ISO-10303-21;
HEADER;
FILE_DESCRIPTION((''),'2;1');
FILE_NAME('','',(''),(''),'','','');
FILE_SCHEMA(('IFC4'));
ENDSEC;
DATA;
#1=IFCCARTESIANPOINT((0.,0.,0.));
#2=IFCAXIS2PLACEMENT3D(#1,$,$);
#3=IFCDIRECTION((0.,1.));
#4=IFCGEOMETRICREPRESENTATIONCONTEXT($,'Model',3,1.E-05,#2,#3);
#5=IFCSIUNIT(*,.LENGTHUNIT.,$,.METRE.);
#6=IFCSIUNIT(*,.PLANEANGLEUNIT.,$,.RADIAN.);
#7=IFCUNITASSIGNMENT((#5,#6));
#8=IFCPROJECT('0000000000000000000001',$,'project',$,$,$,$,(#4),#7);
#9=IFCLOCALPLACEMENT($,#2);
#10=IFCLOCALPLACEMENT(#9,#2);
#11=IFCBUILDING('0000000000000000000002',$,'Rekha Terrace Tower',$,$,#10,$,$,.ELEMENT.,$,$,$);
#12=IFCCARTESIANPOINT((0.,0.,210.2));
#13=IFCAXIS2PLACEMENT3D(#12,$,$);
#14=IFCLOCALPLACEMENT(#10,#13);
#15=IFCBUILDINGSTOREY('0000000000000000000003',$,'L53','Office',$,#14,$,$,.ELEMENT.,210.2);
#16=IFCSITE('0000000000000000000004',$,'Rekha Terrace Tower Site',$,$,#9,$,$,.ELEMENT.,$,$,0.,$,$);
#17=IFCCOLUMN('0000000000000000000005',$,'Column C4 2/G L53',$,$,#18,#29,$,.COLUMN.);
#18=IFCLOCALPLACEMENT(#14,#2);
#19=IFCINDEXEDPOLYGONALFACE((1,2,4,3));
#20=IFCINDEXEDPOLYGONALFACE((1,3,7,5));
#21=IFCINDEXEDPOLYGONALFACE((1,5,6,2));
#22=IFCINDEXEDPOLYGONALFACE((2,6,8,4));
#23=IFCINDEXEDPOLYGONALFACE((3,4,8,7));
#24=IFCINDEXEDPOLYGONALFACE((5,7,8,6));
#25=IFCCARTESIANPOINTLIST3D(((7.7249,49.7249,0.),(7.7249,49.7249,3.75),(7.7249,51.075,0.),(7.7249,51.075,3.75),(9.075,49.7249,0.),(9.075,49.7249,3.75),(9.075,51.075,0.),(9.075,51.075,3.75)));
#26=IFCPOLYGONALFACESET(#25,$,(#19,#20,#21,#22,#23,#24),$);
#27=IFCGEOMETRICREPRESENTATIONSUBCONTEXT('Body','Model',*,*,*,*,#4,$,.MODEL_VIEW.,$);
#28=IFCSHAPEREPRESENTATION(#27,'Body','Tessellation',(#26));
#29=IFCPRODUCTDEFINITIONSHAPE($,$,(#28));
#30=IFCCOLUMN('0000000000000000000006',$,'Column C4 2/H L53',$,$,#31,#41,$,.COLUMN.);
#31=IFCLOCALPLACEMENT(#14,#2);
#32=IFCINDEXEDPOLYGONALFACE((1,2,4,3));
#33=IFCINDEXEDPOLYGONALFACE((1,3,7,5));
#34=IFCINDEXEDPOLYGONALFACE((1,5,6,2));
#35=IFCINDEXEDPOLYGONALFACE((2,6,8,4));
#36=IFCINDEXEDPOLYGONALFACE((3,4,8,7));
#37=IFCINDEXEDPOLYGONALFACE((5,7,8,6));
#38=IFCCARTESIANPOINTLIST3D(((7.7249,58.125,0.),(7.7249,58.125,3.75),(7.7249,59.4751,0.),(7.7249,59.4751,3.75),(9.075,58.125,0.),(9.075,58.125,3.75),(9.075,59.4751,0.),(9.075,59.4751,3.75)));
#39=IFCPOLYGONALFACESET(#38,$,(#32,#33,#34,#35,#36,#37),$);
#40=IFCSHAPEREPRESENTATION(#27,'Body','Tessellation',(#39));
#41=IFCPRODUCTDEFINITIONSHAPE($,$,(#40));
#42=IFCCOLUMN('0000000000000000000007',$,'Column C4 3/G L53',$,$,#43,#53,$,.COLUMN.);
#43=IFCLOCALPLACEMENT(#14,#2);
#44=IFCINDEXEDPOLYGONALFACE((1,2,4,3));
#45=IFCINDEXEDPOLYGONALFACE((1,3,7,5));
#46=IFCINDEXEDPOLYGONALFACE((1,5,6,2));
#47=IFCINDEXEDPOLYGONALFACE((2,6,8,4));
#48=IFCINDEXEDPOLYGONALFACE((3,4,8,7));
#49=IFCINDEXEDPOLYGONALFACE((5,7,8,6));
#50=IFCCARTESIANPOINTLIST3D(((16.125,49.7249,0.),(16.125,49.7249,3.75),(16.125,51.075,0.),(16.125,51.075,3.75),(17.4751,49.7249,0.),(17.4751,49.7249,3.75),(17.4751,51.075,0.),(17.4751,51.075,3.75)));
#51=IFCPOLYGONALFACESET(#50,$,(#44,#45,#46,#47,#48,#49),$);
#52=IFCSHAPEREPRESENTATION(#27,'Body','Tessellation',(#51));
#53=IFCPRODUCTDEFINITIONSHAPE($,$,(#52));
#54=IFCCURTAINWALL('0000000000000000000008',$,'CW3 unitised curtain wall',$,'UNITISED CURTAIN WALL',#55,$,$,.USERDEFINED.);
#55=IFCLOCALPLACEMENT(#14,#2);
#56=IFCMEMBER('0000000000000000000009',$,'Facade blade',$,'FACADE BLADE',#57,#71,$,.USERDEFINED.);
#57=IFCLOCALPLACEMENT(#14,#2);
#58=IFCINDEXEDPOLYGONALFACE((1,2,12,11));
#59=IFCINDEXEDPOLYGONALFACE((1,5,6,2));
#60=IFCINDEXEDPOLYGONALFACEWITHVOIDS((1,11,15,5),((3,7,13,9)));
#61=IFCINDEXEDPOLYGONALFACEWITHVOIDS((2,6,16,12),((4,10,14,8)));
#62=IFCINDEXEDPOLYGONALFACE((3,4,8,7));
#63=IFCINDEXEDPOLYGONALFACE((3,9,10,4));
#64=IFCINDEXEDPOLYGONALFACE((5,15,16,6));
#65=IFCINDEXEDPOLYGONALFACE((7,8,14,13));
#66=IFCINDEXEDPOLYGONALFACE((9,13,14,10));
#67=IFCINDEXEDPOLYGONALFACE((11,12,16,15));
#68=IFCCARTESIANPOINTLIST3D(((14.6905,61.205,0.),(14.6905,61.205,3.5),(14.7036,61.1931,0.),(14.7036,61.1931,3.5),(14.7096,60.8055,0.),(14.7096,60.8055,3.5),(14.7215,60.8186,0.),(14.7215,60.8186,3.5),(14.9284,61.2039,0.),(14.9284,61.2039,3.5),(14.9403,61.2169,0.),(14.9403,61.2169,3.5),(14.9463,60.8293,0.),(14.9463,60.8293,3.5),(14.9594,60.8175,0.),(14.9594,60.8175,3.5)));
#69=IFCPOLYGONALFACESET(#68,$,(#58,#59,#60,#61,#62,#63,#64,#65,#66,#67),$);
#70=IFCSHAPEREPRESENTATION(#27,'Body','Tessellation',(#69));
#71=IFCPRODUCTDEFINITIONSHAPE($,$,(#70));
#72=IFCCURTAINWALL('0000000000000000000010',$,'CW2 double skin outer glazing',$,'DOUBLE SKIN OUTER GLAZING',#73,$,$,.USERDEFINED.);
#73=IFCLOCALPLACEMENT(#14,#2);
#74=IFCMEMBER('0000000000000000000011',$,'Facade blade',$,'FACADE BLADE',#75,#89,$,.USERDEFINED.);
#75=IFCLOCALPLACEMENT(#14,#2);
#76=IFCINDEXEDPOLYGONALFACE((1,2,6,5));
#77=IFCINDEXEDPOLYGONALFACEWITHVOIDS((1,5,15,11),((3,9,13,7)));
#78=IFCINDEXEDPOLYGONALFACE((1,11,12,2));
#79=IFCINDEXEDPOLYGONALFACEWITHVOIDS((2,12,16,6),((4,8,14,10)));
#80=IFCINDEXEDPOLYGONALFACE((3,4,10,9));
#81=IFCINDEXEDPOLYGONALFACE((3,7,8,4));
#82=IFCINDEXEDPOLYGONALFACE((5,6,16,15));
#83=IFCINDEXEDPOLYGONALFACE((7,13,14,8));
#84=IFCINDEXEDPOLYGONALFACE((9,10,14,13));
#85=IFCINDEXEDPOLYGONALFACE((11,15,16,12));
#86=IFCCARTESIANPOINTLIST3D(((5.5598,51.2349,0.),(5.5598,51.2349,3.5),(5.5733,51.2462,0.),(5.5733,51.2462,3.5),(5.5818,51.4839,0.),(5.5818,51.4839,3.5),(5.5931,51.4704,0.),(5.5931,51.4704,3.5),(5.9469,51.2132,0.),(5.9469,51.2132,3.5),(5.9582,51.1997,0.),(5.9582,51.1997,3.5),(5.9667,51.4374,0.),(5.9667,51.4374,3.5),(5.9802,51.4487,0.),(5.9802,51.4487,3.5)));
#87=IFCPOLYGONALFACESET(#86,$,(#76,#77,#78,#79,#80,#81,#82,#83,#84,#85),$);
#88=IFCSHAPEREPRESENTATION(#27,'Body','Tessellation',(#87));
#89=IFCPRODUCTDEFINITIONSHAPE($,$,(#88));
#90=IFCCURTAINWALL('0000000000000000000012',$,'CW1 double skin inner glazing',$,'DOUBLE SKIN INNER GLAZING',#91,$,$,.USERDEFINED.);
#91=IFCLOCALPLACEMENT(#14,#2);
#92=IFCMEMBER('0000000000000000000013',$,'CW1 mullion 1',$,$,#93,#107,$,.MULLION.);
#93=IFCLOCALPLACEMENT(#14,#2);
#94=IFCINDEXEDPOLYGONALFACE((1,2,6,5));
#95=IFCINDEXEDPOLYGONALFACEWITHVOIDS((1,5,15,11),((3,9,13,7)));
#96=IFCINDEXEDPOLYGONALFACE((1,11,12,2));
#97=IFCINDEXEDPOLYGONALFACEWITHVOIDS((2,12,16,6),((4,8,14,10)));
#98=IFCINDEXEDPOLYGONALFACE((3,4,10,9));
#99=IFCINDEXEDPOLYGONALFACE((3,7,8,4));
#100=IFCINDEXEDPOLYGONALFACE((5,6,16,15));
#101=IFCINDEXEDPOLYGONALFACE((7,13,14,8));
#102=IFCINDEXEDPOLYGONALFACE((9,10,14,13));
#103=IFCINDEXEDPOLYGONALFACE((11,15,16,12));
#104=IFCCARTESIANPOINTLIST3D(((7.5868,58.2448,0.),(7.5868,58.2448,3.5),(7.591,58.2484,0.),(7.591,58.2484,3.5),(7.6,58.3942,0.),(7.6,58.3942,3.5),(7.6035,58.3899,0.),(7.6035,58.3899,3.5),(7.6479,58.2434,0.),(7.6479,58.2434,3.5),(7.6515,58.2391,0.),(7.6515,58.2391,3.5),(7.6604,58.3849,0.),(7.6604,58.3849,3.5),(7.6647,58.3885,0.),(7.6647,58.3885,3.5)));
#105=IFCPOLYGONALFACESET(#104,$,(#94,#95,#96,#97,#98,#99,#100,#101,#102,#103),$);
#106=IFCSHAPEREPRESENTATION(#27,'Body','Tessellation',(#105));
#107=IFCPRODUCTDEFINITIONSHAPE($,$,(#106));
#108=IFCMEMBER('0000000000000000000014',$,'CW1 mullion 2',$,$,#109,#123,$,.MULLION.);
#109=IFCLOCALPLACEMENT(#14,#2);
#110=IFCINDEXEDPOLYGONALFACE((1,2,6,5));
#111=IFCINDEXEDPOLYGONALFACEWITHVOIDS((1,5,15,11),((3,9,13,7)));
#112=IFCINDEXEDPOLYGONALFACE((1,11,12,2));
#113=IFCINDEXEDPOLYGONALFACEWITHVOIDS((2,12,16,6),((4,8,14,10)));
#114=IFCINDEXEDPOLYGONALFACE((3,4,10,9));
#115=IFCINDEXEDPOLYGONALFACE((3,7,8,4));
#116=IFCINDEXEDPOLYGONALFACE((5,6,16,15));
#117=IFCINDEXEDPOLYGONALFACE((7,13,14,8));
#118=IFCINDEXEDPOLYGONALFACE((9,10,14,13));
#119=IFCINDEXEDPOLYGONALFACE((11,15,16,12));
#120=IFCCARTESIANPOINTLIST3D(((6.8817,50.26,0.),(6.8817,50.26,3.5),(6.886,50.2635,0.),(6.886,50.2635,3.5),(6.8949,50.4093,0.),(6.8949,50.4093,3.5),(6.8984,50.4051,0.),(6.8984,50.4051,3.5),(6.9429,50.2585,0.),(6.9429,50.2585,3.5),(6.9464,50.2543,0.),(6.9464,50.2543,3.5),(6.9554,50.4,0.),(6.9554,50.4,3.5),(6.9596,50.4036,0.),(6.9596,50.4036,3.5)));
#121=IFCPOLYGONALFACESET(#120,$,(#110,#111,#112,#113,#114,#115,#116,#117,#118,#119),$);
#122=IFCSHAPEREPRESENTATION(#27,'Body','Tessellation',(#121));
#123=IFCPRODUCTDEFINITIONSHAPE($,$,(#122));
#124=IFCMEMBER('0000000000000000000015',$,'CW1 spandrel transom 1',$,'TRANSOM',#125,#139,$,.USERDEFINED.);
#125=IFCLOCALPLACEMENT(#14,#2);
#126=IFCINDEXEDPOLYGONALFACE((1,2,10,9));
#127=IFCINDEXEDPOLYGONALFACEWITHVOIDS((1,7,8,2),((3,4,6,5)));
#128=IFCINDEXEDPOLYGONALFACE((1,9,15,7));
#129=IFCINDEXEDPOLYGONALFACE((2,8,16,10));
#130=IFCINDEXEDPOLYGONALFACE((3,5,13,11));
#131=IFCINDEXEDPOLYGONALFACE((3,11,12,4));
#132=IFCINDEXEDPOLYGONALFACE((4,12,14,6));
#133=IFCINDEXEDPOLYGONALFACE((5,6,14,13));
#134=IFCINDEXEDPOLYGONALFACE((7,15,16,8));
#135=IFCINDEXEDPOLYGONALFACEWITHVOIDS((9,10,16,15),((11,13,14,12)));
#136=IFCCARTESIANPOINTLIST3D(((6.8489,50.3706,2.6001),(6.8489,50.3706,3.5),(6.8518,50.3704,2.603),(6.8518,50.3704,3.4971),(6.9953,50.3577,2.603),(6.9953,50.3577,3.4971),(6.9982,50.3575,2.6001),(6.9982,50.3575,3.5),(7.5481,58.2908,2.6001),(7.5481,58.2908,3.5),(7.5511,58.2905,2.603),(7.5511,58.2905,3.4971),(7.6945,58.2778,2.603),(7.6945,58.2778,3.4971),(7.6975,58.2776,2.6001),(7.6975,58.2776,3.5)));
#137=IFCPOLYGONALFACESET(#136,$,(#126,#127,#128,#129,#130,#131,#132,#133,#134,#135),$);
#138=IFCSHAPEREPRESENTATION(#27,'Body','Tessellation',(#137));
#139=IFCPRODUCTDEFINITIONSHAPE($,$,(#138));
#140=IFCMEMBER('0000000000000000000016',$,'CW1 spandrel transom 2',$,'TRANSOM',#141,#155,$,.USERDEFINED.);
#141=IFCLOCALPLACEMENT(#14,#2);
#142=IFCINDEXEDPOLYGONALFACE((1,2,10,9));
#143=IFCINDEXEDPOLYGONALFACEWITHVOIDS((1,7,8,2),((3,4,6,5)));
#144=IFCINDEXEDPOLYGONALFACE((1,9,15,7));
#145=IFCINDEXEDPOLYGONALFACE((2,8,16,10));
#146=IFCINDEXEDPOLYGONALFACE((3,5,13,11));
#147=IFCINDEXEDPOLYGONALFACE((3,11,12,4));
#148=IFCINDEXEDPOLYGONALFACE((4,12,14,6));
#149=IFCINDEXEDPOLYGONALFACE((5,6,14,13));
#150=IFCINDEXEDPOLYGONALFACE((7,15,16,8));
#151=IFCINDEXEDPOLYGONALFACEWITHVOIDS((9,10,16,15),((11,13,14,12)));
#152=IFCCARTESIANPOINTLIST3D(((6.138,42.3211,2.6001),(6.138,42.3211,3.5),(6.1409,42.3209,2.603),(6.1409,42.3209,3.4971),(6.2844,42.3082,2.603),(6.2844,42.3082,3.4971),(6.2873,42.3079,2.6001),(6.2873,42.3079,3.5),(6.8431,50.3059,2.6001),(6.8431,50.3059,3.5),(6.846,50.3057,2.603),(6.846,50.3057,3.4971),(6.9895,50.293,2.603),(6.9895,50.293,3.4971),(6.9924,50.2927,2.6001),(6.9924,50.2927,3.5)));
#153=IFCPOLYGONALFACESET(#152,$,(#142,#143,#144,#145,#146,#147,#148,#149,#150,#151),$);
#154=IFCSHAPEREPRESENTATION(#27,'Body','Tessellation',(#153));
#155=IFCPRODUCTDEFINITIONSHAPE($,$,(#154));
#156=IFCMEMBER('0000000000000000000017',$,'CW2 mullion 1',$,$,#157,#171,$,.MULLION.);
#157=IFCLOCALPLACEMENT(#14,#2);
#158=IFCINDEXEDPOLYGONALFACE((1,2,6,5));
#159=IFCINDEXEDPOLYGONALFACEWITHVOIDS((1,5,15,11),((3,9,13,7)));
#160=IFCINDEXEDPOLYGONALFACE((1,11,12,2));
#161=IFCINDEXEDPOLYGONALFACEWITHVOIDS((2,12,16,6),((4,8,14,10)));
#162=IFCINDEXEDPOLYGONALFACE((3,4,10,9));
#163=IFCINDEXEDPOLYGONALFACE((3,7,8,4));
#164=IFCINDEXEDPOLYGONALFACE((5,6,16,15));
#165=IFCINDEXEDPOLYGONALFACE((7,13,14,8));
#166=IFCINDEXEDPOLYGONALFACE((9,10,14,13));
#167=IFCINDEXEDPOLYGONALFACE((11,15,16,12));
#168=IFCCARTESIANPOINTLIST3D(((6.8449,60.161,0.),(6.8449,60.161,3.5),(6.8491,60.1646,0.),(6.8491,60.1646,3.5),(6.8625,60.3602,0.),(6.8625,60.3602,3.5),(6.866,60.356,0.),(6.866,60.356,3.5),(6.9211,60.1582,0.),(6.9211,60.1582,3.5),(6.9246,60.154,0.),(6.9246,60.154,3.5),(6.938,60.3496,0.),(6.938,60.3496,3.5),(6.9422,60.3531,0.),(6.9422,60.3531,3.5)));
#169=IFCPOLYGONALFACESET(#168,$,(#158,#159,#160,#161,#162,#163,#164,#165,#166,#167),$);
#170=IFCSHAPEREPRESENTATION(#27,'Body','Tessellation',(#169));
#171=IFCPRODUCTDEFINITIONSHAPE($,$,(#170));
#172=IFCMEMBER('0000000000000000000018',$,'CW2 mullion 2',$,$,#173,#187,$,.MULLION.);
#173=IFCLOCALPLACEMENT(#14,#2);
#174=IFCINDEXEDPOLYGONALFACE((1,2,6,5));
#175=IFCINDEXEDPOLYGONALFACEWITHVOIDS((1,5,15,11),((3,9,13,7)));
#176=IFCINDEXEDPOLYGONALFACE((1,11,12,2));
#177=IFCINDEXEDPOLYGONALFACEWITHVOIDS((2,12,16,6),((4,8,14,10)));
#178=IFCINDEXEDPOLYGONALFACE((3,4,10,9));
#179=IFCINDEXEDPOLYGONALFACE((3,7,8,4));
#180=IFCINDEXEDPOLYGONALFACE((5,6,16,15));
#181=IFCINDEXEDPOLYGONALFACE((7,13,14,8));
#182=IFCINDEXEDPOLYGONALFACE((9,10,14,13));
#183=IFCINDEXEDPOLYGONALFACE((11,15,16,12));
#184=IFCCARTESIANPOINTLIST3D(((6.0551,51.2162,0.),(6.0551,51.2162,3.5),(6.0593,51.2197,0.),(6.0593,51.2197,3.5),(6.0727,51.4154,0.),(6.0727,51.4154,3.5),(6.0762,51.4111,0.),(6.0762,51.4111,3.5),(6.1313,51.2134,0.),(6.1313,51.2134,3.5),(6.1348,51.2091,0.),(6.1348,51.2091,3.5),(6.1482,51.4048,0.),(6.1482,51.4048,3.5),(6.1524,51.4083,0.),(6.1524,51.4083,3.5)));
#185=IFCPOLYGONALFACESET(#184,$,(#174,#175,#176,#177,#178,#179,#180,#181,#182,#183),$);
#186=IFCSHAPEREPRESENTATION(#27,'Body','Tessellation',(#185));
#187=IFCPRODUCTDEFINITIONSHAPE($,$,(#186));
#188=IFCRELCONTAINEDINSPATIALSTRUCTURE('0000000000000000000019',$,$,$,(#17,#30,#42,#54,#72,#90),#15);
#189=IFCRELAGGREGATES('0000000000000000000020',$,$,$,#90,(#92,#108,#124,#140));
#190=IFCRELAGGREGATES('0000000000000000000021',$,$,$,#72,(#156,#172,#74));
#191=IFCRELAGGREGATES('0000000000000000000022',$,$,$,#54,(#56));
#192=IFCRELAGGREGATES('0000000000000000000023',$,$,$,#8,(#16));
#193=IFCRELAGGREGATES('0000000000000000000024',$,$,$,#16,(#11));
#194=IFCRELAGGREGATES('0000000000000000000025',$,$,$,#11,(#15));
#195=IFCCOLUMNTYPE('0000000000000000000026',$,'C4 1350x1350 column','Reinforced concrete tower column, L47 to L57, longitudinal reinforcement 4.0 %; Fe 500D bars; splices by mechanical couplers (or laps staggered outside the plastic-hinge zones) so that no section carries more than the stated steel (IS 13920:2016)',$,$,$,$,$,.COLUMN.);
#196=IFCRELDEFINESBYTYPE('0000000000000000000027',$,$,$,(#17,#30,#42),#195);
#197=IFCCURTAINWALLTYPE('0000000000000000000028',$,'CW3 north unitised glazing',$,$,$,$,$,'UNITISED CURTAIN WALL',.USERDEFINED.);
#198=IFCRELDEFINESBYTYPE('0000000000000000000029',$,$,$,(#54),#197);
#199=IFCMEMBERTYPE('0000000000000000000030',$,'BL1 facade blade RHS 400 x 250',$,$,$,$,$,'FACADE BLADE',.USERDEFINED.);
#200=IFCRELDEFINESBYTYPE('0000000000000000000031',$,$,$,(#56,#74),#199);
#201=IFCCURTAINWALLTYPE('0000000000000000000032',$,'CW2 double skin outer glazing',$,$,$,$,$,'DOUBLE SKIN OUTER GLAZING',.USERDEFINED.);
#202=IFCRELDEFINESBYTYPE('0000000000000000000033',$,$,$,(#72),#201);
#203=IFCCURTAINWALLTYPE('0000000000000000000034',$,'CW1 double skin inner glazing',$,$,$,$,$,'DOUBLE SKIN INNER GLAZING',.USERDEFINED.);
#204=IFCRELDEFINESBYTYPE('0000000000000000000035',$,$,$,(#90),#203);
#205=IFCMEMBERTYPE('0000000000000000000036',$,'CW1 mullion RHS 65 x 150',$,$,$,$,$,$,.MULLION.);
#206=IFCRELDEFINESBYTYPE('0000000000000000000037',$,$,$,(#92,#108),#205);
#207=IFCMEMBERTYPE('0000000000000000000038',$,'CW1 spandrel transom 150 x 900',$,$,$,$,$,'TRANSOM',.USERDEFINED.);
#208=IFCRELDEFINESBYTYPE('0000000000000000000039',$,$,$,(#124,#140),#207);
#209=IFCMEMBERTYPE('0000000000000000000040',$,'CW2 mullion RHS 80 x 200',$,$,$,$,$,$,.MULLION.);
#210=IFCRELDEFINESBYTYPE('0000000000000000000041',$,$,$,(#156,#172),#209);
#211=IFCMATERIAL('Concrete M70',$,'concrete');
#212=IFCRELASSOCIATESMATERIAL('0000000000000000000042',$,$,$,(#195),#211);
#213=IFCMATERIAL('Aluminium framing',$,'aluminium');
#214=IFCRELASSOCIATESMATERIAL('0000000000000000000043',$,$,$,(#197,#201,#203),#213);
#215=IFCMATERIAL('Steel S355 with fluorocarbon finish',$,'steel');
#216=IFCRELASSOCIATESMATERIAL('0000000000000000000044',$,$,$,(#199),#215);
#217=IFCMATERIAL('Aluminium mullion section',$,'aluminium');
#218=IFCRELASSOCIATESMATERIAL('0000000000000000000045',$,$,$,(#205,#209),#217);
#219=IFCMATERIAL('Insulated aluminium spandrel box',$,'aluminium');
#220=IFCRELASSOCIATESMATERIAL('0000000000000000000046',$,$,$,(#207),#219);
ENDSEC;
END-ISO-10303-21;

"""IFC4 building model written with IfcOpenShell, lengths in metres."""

from ifc_helpers import new_model, si_unit, direction, frame, origin, origin_2d, place, context, subcontext, project, spatial, rectangle, hollow_rectangle, extrude, material, material_profile, profile_set, type_object, element, aggregate, save


model = new_model("IFC4")

# Units and contexts
model_context = context("Model", 3, precision=1e-05, world=origin(), true_north=direction((0.0, 1.0)))
body_context = subcontext(model_context, "Body", "Model", "MODEL_VIEW")
ifc_project = project(units=[si_unit("LENGTHUNIT", "METRE"), si_unit("PLANEANGLEUNIT", "RADIAN")], contexts=[model_context])

# Site, building, storey
site_placement = place(None, origin())
site = spatial("IfcSite", under=ifc_project, at=site_placement, Name="Rekha Terrace Tower Site", CompositionType="ELEMENT", RefElevation=0.0)
building_placement = place(site_placement, origin())
building = spatial("IfcBuilding", under=site, at=building_placement, Name="Rekha Terrace Tower", CompositionType="ELEMENT")
storey_placement = place(building_placement, frame((0.0, 0.0, 210.2)))
storey = spatial("IfcBuildingStorey", under=building, at=storey_placement, Name="L53", Description="Office", CompositionType="ELEMENT", Elevation=210.2)

# Columns
ifc_material_1 = material(Name="Concrete M70", Category="concrete")
ifc_material_profile_1 = material_profile(ifc_material_1, rectangle(XDim=1.3501, YDim=1.3501, at=origin_2d()), Name="RC 1350x1350")
ifc_profile_set_1 = profile_set([ifc_material_profile_1], Name="Concrete M70")
column_type = type_object("IfcColumnType", Name="C4 1350x1350 column", Description="Reinforced concrete tower column, L47 to L57, longitudinal reinforcement 4.0 %; Fe 500D bars; splices by mechanical couplers (or laps staggered outside the plastic-hinge zones) so that no section carries more than the stated steel (IS 13920:2016)", PredefinedType="COLUMN", material=ifc_profile_set_1)
for number, where, z_axis, x_axis, name in (
    (1, (8.3999, 50.3999, 0.0), (0.0, 0.0, 1.0), (1.0, 0.0, 0.0), "Column C4 2/G L53"),
    (2, (8.3999, 58.8, 0.0), (0.0, 0.0, 1.0), (1.0, 0.0, 0.0), "Column C4 2/H L53"),
    (3, (16.8, 50.3999, 0.0), (0.0, 0.0, 1.0), (1.0, 0.0, 0.0), "Column C4 3/G L53"),
):
    element("IfcColumn", number, at=place(storey_placement, frame(where, z_axis=z_axis, x_axis=x_axis)), inside=storey, type_object=column_type, Name=name, PredefinedType="COLUMN", context=body_context, shape_type="SweptSolid", body=[
        extrude(rectangle(XDim=1.3501, YDim=1.3501, at=origin_2d()), origin(), (0.0, 0.0, 1.0), 3.75),
    ])

# Curtain walls, members
ifc_material_2 = material(Name="Aluminium framing", Category="aluminium")
curtain_wall_type_1 = type_object("IfcCurtainWallType", Name="CW3 north unitised glazing", ElementType="UNITISED CURTAIN WALL", PredefinedType="USERDEFINED", material=ifc_material_2)
curtain_wall_1_placement = place(storey_placement, origin())
curtain_wall_1 = element("IfcCurtainWall", 4, at=curtain_wall_1_placement, inside=storey, type_object=curtain_wall_type_1, Name="CW3 unitised curtain wall", ObjectType="UNITISED CURTAIN WALL", PredefinedType="USERDEFINED")
ifc_material_3 = material(Name="Steel S355 with fluorocarbon finish", Category="steel")
ifc_material_profile_2 = material_profile(ifc_material_3, hollow_rectangle(XDim=0.25, YDim=0.3999, WallThickness=0.0125, at=origin_2d()), Name="RHS400x250x12.5")
ifc_profile_set_2 = profile_set([ifc_material_profile_2], Name="Steel S355 with fluorocarbon finish")
member_type_1 = type_object("IfcMemberType", Name="BL1 facade blade RHS 400 x 250", ElementType="FACADE BLADE", PredefinedType="USERDEFINED", material=ifc_profile_set_2)
member_1_placement = place(storey_placement, frame((14.825, 61.0112, 0.0), z_axis=(0.0, 0.0, 1.0), x_axis=(-0.998859, -0.047758, 0.0)))
member_1 = element("IfcMember", 5, at=member_1_placement, type_object=member_type_1, Name="Facade blade", ObjectType="FACADE BLADE", PredefinedType="USERDEFINED", context=body_context, shape_type="SweptSolid", body=[
    extrude(hollow_rectangle(XDim=0.25, YDim=0.3999, WallThickness=0.0125, at=origin_2d()), origin(), (0.0, 0.0, 1.0), 3.5),
])
curtain_wall_type_2 = type_object("IfcCurtainWallType", Name="CW2 double skin outer glazing", ElementType="DOUBLE SKIN OUTER GLAZING", PredefinedType="USERDEFINED", material=ifc_material_2)
curtain_wall_2_placement = place(storey_placement, origin())
curtain_wall_2 = element("IfcCurtainWall", 6, at=curtain_wall_2_placement, inside=storey, type_object=curtain_wall_type_2, Name="CW2 double skin outer glazing", ObjectType="DOUBLE SKIN OUTER GLAZING", PredefinedType="USERDEFINED")
member_2_placement = place(storey_placement, frame((5.77, 51.3418, 0.0), z_axis=(0.0, 0.0, 1.0), x_axis=(-0.087957, -0.996124, 0.0)))
member_2 = element("IfcMember", 7, at=member_2_placement, type_object=member_type_1, Name="Facade blade", ObjectType="FACADE BLADE", PredefinedType="USERDEFINED", context=body_context, shape_type="SweptSolid", body=[
    extrude(hollow_rectangle(XDim=0.25, YDim=0.3999, WallThickness=0.0125, at=origin_2d()), origin(), (0.0, 0.0, 1.0), 3.5),
])

# Curtain wall, members
curtain_wall_type_3 = type_object("IfcCurtainWallType", Name="CW1 double skin inner glazing", ElementType="DOUBLE SKIN INNER GLAZING", PredefinedType="USERDEFINED", material=ifc_material_2)
curtain_wall_3_placement = place(storey_placement, origin())
curtain_wall_3 = element("IfcCurtainWall", 8, at=curtain_wall_3_placement, inside=storey, type_object=curtain_wall_type_3, Name="CW1 double skin inner glazing", ObjectType="DOUBLE SKIN INNER GLAZING", PredefinedType="USERDEFINED")
ifc_material_4 = material(Name="Aluminium mullion section", Category="aluminium")
ifc_material_profile_3 = material_profile(ifc_material_4, hollow_rectangle(XDim=0.0649, YDim=0.1499, WallThickness=0.0039, at=origin_2d()), Name="AL RHS 65x150")
ifc_profile_set_3 = profile_set([ifc_material_profile_3], Name="Aluminium mullion section")
member_type_2 = type_object("IfcMemberType", Name="CW1 mullion RHS 65 x 150", PredefinedType="MULLION", material=ifc_profile_set_3)
member_3_placement = place(storey_placement, frame((7.6257, 58.3167, 0.0), z_axis=(0.0, 0.0, 1.0), x_axis=(0.996124, -0.087958, 0.0)))
member_3 = element("IfcMember", 9, at=member_3_placement, type_object=member_type_2, Name="CW1 mullion 1", PredefinedType="MULLION", context=body_context, shape_type="SweptSolid", body=[
    extrude(hollow_rectangle(XDim=0.0649, YDim=0.1499, WallThickness=0.0039, at=origin_2d()), origin(), (0.0, 0.0, 1.0), 3.5),
])
member_4_placement = place(storey_placement, frame((6.9207, 50.3318, 0.0), z_axis=(0.0, 0.0, 1.0), x_axis=(0.996124, -0.087958, 0.0)))
member_4 = element("IfcMember", 10, at=member_4_placement, type_object=member_type_2, Name="CW1 mullion 2", PredefinedType="MULLION", context=body_context, shape_type="SweptSolid", body=[
    extrude(hollow_rectangle(XDim=0.0649, YDim=0.1499, WallThickness=0.0039, at=origin_2d()), origin(), (0.0, 0.0, 1.0), 3.5),
])
ifc_material_5 = material(Name="Insulated aluminium spandrel box", Category="aluminium")
ifc_material_profile_4 = material_profile(ifc_material_5, hollow_rectangle(XDim=0.1499, YDim=0.8999, WallThickness=0.0029, at=origin_2d()), Name="AL SPANDREL BOX 150x900")
ifc_profile_set_4 = profile_set([ifc_material_profile_4], Name="Insulated aluminium spandrel box")
member_type_3 = type_object("IfcMemberType", Name="CW1 spandrel transom 150 x 900", ElementType="TRANSOM", PredefinedType="USERDEFINED", material=ifc_profile_set_4)
member_5_placement = place(storey_placement, frame((7.6228, 58.2842, 3.05), z_axis=(-0.087941, -0.996126, 0.0), x_axis=(0.996126, -0.087941, 0.0)))
member_5 = element("IfcMember", 11, at=member_5_placement, type_object=member_type_3, Name="CW1 spandrel transom 1", ObjectType="TRANSOM", PredefinedType="USERDEFINED", context=body_context, shape_type="SweptSolid", body=[
    extrude(hollow_rectangle(XDim=0.1499, YDim=0.8999, WallThickness=0.0029, at=origin_2d()), origin(), (0.0, 0.0, 1.0), 7.9509),
])
member_6_placement = place(storey_placement, frame((6.9177, 50.2993, 3.05), z_axis=(-0.08796, -0.996124, 0.0), x_axis=(0.996124, -0.08796, 0.0)))
member_6 = element("IfcMember", 12, at=member_6_placement, type_object=member_type_3, Name="CW1 spandrel transom 2", ObjectType="TRANSOM", PredefinedType="USERDEFINED", context=body_context, shape_type="SweptSolid", body=[
    extrude(hollow_rectangle(XDim=0.1499, YDim=0.8999, WallThickness=0.0029, at=origin_2d()), origin(), (0.0, 0.0, 1.0), 8.0159),
])

# Members
ifc_material_profile_5 = material_profile(ifc_material_4, hollow_rectangle(XDim=0.0801, YDim=0.2, WallThickness=0.0039, at=origin_2d()), Name="AL RHS 80x200")
ifc_profile_set_5 = profile_set([ifc_material_profile_5], Name="Aluminium mullion section")
member_type_4 = type_object("IfcMemberType", Name="CW2 mullion RHS 80 x 200", PredefinedType="MULLION", material=ifc_profile_set_5)
member_7_placement = place(storey_placement, frame((6.8936, 60.2571, 0.0), z_axis=(0.0, 0.0, 1.0), x_axis=(0.996124, -0.087958, 0.0)))
member_7 = element("IfcMember", 13, at=member_7_placement, type_object=member_type_4, Name="CW2 mullion 1", PredefinedType="MULLION", context=body_context, shape_type="SweptSolid", body=[
    extrude(hollow_rectangle(XDim=0.0801, YDim=0.2, WallThickness=0.0039, at=origin_2d()), origin(), (0.0, 0.0, 1.0), 3.5),
])
member_8_placement = place(storey_placement, frame((6.1038, 51.3123, 0.0), z_axis=(0.0, 0.0, 1.0), x_axis=(0.996124, -0.087958, 0.0)))
member_8 = element("IfcMember", 14, at=member_8_placement, type_object=member_type_4, Name="CW2 mullion 2", PredefinedType="MULLION", context=body_context, shape_type="SweptSolid", body=[
    extrude(hollow_rectangle(XDim=0.0801, YDim=0.2, WallThickness=0.0039, at=origin_2d()), origin(), (0.0, 0.0, 1.0), 3.5),
])

aggregate(curtain_wall_3, [member_3, member_4, member_5, member_6])
aggregate(curtain_wall_2, [member_7, member_8, member_2])
aggregate(curtain_wall_1, [member_1])

save(model, "model.ifc")
